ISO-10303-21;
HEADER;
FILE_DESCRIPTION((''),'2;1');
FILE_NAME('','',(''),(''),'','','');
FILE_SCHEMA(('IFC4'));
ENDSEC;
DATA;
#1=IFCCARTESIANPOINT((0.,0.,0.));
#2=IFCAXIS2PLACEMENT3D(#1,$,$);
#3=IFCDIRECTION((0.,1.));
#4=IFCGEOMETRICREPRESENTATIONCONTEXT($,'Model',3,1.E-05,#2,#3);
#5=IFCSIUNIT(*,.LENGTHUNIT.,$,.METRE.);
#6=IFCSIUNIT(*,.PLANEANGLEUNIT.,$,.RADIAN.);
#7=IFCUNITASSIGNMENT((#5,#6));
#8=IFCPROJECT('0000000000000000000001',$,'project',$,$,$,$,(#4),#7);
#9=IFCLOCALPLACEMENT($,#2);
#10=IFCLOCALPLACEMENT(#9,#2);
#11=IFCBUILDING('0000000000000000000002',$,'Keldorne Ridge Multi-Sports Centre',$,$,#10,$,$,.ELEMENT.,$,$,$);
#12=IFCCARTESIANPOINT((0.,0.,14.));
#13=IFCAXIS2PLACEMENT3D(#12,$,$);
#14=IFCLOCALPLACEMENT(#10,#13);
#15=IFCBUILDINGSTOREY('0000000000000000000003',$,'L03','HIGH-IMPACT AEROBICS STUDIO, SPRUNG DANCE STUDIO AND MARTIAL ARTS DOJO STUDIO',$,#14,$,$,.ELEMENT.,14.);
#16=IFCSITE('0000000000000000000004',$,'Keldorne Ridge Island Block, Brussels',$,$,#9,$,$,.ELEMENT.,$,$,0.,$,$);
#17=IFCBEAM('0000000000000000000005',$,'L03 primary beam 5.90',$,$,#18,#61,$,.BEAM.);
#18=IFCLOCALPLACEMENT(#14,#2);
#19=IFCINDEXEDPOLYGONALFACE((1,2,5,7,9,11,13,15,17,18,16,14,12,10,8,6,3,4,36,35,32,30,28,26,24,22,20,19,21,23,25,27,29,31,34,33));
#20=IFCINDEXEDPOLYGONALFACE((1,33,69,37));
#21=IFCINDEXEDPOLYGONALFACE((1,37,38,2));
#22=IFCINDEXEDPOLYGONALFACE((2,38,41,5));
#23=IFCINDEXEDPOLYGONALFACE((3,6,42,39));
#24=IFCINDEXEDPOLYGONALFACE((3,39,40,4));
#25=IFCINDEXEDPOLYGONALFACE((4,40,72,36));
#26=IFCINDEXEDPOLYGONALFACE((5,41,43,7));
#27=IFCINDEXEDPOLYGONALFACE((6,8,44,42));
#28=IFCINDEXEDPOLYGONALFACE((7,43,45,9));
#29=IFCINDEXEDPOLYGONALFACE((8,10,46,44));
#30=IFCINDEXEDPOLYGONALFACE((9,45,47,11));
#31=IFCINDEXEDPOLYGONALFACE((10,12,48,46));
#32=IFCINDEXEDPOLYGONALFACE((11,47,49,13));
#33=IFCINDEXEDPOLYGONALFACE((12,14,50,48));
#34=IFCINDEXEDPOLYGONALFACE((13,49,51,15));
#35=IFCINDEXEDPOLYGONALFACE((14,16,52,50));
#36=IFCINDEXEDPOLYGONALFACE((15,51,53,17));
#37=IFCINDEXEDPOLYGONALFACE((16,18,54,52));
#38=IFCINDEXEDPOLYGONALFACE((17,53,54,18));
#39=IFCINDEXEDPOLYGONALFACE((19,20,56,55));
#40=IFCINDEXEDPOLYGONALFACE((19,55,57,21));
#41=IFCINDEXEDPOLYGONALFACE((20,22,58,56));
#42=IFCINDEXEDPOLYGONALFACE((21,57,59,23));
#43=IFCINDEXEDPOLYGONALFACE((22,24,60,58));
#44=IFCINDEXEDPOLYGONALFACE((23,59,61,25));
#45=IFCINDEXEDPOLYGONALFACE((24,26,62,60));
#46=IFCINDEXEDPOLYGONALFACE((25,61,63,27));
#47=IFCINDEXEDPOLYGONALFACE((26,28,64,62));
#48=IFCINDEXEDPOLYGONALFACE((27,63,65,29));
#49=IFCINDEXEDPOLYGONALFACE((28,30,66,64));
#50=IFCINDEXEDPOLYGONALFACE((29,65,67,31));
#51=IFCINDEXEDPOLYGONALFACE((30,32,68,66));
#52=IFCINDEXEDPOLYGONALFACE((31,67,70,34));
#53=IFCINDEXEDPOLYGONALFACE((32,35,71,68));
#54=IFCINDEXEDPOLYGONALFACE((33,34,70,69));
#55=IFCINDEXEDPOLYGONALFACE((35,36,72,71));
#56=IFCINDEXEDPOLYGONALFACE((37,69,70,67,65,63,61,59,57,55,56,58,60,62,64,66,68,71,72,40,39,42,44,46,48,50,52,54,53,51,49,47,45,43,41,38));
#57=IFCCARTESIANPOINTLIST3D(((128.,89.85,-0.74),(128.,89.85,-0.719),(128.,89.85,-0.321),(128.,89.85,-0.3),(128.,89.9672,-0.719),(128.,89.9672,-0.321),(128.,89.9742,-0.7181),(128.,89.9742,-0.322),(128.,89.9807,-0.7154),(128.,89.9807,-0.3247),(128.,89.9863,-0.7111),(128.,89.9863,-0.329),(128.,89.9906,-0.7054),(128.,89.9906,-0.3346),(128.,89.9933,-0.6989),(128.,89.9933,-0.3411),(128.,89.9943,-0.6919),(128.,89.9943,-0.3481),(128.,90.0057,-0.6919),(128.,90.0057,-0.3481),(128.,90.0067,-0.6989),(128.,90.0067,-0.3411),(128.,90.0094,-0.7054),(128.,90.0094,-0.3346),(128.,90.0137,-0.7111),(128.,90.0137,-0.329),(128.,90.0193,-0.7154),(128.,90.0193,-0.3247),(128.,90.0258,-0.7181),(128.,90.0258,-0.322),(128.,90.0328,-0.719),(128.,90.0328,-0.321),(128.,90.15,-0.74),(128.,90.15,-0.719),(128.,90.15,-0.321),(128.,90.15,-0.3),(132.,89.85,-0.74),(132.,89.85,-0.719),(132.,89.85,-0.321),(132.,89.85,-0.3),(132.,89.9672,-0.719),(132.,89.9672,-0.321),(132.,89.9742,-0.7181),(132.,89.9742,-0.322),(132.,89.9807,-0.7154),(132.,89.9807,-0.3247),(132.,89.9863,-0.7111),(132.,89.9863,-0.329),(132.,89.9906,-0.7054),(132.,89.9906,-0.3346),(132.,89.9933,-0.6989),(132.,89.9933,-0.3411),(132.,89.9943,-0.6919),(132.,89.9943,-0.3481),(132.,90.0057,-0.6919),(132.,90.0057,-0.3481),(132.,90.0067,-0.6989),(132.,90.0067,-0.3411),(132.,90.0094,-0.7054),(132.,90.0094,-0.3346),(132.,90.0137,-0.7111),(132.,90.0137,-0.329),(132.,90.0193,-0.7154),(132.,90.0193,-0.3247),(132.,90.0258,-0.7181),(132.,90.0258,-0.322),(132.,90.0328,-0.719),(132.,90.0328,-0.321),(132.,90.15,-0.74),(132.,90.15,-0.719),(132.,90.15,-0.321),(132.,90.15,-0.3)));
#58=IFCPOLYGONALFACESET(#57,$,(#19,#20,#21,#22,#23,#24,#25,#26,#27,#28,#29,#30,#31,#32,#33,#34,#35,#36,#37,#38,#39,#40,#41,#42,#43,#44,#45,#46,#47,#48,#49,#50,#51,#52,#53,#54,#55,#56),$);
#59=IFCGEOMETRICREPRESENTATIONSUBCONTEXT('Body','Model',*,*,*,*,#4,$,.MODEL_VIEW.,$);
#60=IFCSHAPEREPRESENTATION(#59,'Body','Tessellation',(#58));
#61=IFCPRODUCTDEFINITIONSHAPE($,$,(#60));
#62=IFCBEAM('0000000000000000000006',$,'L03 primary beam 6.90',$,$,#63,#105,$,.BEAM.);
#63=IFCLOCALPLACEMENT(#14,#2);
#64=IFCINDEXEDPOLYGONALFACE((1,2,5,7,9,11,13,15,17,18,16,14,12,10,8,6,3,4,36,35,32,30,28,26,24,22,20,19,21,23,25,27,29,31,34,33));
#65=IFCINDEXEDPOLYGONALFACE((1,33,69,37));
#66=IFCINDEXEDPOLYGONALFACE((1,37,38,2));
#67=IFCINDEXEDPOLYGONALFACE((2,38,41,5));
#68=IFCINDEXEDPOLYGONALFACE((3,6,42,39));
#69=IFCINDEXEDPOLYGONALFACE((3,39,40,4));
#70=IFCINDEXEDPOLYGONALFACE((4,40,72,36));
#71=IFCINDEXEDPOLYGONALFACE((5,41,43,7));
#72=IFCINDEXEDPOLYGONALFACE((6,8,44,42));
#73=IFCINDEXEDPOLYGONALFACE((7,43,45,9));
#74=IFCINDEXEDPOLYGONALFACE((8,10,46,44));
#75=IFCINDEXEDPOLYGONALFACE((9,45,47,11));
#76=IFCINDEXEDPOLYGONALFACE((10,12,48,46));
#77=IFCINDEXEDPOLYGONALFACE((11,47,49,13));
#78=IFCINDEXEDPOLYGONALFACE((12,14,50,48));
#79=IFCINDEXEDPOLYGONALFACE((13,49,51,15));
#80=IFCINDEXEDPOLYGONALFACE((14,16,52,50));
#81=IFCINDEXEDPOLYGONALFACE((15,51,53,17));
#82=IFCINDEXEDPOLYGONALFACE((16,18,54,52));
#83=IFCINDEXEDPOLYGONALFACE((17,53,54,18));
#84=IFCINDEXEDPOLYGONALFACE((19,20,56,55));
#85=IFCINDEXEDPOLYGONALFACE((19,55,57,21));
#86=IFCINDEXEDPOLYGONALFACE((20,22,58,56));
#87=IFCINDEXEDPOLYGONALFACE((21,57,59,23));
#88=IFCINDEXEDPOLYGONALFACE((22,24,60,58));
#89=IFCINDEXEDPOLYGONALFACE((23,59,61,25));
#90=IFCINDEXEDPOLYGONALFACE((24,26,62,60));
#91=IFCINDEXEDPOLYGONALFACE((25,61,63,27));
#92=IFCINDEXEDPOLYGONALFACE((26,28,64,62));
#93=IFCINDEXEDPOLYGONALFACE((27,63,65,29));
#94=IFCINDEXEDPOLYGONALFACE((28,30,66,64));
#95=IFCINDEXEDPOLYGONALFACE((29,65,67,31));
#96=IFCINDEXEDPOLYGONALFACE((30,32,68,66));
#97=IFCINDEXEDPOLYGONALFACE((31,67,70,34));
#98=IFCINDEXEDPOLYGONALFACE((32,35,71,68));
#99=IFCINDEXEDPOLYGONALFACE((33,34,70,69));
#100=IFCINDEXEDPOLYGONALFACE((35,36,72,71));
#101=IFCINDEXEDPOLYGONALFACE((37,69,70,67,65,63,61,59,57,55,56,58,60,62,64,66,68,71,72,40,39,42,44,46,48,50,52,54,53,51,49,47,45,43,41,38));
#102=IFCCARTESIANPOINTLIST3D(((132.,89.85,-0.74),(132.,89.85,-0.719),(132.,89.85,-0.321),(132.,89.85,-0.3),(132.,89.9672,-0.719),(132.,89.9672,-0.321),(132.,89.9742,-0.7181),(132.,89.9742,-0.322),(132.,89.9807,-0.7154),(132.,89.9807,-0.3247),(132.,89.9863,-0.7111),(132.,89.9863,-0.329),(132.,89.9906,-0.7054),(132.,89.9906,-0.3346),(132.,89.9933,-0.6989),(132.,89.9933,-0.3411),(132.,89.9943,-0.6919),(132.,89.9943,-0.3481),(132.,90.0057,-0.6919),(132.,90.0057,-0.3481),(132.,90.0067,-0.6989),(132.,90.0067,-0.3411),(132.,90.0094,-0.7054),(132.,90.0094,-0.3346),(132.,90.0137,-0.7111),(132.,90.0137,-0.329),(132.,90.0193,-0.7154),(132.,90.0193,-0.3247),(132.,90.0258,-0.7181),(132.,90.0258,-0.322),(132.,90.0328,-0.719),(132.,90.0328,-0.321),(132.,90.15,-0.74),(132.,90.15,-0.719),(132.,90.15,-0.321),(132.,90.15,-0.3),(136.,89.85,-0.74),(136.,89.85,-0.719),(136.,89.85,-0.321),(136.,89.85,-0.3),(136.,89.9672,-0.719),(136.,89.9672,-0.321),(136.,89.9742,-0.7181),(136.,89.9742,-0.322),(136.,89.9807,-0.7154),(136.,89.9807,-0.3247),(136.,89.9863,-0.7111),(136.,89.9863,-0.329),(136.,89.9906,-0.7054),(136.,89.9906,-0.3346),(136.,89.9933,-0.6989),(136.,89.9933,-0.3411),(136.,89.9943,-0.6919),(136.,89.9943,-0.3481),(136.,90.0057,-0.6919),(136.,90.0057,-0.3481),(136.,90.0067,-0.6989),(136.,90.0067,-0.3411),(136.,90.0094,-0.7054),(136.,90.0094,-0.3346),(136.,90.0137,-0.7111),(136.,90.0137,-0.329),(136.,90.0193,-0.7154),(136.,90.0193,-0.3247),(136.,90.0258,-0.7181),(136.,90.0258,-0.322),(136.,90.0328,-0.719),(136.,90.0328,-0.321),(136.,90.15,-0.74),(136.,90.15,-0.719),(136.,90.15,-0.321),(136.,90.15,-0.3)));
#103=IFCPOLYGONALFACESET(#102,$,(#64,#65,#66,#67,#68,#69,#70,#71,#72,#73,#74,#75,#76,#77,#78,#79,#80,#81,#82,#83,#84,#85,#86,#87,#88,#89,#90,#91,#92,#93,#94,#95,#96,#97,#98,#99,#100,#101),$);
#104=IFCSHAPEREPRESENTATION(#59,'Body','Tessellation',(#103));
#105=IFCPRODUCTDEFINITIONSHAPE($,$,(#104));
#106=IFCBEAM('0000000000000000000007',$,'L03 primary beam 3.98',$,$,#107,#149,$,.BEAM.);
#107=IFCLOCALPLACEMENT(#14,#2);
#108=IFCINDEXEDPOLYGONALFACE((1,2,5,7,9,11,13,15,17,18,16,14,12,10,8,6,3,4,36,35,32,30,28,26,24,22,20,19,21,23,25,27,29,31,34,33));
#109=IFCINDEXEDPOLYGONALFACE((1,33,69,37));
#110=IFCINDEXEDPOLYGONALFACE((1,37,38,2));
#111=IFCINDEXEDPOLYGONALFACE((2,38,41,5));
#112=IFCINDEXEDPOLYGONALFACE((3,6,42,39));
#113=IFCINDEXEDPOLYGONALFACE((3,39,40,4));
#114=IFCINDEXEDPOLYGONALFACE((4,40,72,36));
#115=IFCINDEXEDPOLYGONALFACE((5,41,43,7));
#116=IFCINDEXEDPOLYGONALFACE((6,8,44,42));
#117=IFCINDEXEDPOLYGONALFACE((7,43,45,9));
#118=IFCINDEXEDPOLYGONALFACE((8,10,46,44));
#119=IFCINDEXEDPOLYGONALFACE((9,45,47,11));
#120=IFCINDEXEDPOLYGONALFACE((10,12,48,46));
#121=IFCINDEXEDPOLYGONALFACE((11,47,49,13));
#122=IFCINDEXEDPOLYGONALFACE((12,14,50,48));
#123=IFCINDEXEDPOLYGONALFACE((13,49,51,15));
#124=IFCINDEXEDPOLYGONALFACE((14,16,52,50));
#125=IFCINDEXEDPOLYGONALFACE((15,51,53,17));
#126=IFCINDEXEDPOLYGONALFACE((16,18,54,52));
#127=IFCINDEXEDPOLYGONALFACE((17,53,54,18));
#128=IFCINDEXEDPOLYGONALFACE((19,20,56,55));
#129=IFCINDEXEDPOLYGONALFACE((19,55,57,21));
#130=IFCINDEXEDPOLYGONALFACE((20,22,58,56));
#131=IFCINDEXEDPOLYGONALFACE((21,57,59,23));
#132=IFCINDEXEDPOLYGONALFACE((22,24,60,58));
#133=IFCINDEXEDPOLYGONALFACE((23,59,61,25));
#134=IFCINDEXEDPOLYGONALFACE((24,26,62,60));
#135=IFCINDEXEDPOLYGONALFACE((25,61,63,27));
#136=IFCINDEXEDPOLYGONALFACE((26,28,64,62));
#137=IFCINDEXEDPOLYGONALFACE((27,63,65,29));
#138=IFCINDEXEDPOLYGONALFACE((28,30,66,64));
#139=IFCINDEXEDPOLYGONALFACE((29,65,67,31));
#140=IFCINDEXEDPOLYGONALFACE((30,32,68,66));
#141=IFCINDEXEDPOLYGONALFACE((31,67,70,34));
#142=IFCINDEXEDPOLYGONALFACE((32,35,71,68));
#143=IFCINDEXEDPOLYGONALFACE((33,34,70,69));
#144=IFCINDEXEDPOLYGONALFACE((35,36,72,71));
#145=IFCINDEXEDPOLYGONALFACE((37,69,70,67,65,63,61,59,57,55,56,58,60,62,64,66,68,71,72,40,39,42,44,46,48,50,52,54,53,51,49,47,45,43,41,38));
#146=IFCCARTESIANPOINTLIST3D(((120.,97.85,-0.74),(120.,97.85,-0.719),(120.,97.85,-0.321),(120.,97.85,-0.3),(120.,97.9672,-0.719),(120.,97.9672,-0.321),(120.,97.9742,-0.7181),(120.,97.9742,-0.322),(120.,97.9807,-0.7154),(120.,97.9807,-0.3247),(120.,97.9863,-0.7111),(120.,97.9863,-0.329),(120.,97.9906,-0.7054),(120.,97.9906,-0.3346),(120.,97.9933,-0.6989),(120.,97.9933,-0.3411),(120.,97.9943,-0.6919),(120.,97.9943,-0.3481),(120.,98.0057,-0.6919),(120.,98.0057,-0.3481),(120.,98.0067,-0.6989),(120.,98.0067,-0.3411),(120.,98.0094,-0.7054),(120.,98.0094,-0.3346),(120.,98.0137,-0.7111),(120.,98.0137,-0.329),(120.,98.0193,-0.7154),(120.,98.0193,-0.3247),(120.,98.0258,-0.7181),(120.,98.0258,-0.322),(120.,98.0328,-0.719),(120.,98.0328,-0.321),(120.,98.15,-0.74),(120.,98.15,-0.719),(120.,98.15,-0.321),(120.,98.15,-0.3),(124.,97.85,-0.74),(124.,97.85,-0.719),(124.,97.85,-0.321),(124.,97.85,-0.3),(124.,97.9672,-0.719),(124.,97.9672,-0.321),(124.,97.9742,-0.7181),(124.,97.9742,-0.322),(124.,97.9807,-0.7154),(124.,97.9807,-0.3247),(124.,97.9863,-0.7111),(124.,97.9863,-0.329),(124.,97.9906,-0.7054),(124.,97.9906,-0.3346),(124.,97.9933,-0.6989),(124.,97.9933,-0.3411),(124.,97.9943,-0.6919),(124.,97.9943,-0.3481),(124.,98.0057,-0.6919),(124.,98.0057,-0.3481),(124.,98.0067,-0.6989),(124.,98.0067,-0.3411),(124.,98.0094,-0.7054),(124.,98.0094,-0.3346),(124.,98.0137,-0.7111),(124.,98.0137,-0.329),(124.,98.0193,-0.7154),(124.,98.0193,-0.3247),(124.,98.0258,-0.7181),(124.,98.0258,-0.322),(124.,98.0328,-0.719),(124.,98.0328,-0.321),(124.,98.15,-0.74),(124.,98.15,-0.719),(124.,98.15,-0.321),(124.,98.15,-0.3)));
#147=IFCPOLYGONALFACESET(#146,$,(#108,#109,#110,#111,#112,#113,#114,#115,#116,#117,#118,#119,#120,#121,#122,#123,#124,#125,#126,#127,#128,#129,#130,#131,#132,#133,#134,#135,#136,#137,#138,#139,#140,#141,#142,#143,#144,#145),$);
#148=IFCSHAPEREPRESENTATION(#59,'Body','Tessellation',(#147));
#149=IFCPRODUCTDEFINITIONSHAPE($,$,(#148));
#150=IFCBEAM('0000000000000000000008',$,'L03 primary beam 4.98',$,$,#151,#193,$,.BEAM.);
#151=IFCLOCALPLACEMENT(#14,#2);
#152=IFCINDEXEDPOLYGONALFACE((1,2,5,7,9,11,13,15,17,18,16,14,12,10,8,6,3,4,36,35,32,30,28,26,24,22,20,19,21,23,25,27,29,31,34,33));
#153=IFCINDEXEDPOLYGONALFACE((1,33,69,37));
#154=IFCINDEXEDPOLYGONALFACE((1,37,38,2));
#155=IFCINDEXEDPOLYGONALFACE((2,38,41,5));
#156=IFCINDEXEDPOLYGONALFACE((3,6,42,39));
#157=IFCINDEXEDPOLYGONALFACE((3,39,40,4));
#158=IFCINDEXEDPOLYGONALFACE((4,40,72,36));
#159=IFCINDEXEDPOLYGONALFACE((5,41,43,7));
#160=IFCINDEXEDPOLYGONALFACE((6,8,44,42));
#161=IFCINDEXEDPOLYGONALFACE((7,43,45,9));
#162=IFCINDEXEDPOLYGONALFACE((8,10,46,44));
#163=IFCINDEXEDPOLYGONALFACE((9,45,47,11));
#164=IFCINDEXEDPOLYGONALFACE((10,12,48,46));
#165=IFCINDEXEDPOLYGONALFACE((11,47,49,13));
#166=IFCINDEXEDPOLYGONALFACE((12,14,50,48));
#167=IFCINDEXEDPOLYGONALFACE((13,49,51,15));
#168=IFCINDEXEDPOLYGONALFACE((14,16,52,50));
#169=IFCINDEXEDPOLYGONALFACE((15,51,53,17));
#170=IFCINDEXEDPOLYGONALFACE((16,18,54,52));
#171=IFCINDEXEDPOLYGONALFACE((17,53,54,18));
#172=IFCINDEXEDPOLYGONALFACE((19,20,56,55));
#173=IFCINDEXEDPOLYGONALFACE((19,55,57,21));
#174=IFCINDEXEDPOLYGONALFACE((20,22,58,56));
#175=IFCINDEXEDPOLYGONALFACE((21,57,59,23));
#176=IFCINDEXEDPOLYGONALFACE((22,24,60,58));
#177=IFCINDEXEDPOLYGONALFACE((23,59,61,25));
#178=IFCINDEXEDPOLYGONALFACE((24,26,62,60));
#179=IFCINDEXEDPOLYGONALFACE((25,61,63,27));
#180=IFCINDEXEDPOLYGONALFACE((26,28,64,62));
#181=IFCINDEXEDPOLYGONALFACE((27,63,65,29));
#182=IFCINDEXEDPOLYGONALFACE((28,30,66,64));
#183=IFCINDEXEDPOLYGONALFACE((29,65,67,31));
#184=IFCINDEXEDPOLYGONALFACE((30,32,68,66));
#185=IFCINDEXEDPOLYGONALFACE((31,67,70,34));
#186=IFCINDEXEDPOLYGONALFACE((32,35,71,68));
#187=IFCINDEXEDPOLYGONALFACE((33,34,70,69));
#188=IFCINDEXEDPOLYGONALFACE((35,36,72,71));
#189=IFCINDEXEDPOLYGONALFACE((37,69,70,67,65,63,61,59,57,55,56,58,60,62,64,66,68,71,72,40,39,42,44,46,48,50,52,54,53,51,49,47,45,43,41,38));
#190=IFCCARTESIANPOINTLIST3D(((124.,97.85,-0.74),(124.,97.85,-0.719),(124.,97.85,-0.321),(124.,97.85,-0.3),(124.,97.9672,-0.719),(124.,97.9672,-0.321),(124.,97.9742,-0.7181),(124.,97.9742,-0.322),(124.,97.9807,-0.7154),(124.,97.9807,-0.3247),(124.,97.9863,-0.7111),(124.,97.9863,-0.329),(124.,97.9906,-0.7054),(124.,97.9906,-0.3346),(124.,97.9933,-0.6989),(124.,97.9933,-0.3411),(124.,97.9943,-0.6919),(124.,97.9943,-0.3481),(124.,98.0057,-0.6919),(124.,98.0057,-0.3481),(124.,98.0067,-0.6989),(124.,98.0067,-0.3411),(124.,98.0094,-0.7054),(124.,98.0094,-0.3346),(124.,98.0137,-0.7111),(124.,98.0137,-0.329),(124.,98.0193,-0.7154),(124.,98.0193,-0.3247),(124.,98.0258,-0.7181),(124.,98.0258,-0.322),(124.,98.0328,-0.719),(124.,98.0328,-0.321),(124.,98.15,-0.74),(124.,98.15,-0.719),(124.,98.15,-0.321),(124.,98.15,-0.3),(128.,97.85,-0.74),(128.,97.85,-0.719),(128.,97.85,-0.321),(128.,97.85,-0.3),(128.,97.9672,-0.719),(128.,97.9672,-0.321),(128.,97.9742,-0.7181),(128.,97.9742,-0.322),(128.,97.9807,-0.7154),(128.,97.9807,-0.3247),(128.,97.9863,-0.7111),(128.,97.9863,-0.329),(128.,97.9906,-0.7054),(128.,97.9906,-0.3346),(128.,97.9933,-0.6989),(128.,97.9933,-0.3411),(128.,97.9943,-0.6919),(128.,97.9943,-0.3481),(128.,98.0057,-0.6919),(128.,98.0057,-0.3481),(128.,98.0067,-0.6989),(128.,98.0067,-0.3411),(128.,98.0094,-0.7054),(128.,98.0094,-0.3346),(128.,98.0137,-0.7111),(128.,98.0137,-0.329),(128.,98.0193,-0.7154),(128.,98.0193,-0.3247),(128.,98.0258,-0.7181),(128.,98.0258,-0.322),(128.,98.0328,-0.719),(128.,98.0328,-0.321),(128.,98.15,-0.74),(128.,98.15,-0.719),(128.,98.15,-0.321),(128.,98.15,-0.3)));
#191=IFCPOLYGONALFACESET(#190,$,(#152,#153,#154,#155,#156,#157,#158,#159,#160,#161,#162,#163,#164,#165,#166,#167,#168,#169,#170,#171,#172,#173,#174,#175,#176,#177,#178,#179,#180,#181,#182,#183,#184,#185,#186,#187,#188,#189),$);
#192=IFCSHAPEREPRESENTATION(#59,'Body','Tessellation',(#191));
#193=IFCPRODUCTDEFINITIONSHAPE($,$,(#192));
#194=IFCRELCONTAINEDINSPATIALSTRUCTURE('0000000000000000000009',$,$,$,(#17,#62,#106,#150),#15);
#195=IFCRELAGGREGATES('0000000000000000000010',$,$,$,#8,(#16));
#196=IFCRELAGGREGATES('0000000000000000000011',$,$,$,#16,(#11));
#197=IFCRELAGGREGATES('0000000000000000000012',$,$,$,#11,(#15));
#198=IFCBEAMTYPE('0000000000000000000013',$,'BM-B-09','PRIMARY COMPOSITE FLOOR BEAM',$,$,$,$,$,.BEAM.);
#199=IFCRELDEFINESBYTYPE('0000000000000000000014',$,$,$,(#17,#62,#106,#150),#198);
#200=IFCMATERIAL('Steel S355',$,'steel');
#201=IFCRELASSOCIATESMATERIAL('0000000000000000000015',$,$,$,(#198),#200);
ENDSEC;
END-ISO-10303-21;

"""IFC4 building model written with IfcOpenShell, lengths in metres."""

from ifc_helpers import new_model, si_unit, direction, frame, origin, origin_2d, place, context, subcontext, project, spatial, i_section, extrude, material, material_profile, profile_set, type_object, element, save


model = new_model("IFC4")

# Units and contexts
model_context = context("Model", 3, precision=1e-05, world=origin(), true_north=direction((0.0, 1.0)))
body_context = subcontext(model_context, "Body", "Model", "MODEL_VIEW")
ifc_project = project(units=[si_unit("LENGTHUNIT", "METRE"), si_unit("PLANEANGLEUNIT", "RADIAN")], contexts=[model_context])

# Site, building, storey
site_placement = place(None, origin())
site = spatial("IfcSite", under=ifc_project, at=site_placement, Name="Keldorne Ridge Island Block, Brussels", CompositionType="ELEMENT", RefElevation=0.0)
building_placement = place(site_placement, origin())
building = spatial("IfcBuilding", under=site, at=building_placement, Name="Keldorne Ridge Multi-Sports Centre", CompositionType="ELEMENT")
storey_placement = place(building_placement, frame((0.0, 0.0, 14.0)))
storey = spatial("IfcBuildingStorey", under=building, at=storey_placement, Name="L03", Description="HIGH-IMPACT AEROBICS STUDIO, SPRUNG DANCE STUDIO AND MARTIAL ARTS DOJO STUDIO", CompositionType="ELEMENT", Elevation=14.0)

# Shared definitions
ifc_material_1 = material(Name="Steel S355", Category="steel")

# Beams
ifc_material_profile_1 = material_profile(ifc_material_1, i_section(OverallWidth=0.3, OverallDepth=0.4399, WebThickness=0.0115, FlangeThickness=0.021, FilletRadius=0.0271, at=origin_2d()), Name="HEA 450")
ifc_profile_set_1 = profile_set([ifc_material_profile_1], Name="Steel S355")
beam_type_1 = type_object("IfcBeamType", Name="BM-B-09", Description="PRIMARY COMPOSITE FLOOR BEAM", PredefinedType="BEAM", material=ifc_profile_set_1)
for number, where, z_axis, x_axis, name in (
    (1, (128.0, 90.0, -0.52), (1.0, 0.0, 0.0), (0.0, 1.0, 0.0), "L03 primary beam 5.90"),
    (2, (132.0, 90.0, -0.52), (1.0, 0.0, 0.0), (0.0, 1.0, 0.0), "L03 primary beam 6.90"),
    (3, (120.0, 98.0, -0.52), (1.0, 0.0, 0.0), (0.0, 1.0, 0.0), "L03 primary beam 3.98"),
    (4, (124.0, 98.0, -0.52), (1.0, 0.0, 0.0), (0.0, 1.0, 0.0), "L03 primary beam 4.98"),
):
    element("IfcBeam", number, at=place(storey_placement, frame(where, z_axis=z_axis, x_axis=x_axis)), inside=storey, type_object=beam_type_1, Name=name, PredefinedType="BEAM", context=body_context, shape_type="SweptSolid", body=[
        extrude(i_section(OverallWidth=0.3, OverallDepth=0.4399, WebThickness=0.0115, FlangeThickness=0.021, FilletRadius=0.0271, at=origin_2d()), origin(), (0.0, 0.0, 1.0), 4.0),
    ])

save(model, "model.ifc")
